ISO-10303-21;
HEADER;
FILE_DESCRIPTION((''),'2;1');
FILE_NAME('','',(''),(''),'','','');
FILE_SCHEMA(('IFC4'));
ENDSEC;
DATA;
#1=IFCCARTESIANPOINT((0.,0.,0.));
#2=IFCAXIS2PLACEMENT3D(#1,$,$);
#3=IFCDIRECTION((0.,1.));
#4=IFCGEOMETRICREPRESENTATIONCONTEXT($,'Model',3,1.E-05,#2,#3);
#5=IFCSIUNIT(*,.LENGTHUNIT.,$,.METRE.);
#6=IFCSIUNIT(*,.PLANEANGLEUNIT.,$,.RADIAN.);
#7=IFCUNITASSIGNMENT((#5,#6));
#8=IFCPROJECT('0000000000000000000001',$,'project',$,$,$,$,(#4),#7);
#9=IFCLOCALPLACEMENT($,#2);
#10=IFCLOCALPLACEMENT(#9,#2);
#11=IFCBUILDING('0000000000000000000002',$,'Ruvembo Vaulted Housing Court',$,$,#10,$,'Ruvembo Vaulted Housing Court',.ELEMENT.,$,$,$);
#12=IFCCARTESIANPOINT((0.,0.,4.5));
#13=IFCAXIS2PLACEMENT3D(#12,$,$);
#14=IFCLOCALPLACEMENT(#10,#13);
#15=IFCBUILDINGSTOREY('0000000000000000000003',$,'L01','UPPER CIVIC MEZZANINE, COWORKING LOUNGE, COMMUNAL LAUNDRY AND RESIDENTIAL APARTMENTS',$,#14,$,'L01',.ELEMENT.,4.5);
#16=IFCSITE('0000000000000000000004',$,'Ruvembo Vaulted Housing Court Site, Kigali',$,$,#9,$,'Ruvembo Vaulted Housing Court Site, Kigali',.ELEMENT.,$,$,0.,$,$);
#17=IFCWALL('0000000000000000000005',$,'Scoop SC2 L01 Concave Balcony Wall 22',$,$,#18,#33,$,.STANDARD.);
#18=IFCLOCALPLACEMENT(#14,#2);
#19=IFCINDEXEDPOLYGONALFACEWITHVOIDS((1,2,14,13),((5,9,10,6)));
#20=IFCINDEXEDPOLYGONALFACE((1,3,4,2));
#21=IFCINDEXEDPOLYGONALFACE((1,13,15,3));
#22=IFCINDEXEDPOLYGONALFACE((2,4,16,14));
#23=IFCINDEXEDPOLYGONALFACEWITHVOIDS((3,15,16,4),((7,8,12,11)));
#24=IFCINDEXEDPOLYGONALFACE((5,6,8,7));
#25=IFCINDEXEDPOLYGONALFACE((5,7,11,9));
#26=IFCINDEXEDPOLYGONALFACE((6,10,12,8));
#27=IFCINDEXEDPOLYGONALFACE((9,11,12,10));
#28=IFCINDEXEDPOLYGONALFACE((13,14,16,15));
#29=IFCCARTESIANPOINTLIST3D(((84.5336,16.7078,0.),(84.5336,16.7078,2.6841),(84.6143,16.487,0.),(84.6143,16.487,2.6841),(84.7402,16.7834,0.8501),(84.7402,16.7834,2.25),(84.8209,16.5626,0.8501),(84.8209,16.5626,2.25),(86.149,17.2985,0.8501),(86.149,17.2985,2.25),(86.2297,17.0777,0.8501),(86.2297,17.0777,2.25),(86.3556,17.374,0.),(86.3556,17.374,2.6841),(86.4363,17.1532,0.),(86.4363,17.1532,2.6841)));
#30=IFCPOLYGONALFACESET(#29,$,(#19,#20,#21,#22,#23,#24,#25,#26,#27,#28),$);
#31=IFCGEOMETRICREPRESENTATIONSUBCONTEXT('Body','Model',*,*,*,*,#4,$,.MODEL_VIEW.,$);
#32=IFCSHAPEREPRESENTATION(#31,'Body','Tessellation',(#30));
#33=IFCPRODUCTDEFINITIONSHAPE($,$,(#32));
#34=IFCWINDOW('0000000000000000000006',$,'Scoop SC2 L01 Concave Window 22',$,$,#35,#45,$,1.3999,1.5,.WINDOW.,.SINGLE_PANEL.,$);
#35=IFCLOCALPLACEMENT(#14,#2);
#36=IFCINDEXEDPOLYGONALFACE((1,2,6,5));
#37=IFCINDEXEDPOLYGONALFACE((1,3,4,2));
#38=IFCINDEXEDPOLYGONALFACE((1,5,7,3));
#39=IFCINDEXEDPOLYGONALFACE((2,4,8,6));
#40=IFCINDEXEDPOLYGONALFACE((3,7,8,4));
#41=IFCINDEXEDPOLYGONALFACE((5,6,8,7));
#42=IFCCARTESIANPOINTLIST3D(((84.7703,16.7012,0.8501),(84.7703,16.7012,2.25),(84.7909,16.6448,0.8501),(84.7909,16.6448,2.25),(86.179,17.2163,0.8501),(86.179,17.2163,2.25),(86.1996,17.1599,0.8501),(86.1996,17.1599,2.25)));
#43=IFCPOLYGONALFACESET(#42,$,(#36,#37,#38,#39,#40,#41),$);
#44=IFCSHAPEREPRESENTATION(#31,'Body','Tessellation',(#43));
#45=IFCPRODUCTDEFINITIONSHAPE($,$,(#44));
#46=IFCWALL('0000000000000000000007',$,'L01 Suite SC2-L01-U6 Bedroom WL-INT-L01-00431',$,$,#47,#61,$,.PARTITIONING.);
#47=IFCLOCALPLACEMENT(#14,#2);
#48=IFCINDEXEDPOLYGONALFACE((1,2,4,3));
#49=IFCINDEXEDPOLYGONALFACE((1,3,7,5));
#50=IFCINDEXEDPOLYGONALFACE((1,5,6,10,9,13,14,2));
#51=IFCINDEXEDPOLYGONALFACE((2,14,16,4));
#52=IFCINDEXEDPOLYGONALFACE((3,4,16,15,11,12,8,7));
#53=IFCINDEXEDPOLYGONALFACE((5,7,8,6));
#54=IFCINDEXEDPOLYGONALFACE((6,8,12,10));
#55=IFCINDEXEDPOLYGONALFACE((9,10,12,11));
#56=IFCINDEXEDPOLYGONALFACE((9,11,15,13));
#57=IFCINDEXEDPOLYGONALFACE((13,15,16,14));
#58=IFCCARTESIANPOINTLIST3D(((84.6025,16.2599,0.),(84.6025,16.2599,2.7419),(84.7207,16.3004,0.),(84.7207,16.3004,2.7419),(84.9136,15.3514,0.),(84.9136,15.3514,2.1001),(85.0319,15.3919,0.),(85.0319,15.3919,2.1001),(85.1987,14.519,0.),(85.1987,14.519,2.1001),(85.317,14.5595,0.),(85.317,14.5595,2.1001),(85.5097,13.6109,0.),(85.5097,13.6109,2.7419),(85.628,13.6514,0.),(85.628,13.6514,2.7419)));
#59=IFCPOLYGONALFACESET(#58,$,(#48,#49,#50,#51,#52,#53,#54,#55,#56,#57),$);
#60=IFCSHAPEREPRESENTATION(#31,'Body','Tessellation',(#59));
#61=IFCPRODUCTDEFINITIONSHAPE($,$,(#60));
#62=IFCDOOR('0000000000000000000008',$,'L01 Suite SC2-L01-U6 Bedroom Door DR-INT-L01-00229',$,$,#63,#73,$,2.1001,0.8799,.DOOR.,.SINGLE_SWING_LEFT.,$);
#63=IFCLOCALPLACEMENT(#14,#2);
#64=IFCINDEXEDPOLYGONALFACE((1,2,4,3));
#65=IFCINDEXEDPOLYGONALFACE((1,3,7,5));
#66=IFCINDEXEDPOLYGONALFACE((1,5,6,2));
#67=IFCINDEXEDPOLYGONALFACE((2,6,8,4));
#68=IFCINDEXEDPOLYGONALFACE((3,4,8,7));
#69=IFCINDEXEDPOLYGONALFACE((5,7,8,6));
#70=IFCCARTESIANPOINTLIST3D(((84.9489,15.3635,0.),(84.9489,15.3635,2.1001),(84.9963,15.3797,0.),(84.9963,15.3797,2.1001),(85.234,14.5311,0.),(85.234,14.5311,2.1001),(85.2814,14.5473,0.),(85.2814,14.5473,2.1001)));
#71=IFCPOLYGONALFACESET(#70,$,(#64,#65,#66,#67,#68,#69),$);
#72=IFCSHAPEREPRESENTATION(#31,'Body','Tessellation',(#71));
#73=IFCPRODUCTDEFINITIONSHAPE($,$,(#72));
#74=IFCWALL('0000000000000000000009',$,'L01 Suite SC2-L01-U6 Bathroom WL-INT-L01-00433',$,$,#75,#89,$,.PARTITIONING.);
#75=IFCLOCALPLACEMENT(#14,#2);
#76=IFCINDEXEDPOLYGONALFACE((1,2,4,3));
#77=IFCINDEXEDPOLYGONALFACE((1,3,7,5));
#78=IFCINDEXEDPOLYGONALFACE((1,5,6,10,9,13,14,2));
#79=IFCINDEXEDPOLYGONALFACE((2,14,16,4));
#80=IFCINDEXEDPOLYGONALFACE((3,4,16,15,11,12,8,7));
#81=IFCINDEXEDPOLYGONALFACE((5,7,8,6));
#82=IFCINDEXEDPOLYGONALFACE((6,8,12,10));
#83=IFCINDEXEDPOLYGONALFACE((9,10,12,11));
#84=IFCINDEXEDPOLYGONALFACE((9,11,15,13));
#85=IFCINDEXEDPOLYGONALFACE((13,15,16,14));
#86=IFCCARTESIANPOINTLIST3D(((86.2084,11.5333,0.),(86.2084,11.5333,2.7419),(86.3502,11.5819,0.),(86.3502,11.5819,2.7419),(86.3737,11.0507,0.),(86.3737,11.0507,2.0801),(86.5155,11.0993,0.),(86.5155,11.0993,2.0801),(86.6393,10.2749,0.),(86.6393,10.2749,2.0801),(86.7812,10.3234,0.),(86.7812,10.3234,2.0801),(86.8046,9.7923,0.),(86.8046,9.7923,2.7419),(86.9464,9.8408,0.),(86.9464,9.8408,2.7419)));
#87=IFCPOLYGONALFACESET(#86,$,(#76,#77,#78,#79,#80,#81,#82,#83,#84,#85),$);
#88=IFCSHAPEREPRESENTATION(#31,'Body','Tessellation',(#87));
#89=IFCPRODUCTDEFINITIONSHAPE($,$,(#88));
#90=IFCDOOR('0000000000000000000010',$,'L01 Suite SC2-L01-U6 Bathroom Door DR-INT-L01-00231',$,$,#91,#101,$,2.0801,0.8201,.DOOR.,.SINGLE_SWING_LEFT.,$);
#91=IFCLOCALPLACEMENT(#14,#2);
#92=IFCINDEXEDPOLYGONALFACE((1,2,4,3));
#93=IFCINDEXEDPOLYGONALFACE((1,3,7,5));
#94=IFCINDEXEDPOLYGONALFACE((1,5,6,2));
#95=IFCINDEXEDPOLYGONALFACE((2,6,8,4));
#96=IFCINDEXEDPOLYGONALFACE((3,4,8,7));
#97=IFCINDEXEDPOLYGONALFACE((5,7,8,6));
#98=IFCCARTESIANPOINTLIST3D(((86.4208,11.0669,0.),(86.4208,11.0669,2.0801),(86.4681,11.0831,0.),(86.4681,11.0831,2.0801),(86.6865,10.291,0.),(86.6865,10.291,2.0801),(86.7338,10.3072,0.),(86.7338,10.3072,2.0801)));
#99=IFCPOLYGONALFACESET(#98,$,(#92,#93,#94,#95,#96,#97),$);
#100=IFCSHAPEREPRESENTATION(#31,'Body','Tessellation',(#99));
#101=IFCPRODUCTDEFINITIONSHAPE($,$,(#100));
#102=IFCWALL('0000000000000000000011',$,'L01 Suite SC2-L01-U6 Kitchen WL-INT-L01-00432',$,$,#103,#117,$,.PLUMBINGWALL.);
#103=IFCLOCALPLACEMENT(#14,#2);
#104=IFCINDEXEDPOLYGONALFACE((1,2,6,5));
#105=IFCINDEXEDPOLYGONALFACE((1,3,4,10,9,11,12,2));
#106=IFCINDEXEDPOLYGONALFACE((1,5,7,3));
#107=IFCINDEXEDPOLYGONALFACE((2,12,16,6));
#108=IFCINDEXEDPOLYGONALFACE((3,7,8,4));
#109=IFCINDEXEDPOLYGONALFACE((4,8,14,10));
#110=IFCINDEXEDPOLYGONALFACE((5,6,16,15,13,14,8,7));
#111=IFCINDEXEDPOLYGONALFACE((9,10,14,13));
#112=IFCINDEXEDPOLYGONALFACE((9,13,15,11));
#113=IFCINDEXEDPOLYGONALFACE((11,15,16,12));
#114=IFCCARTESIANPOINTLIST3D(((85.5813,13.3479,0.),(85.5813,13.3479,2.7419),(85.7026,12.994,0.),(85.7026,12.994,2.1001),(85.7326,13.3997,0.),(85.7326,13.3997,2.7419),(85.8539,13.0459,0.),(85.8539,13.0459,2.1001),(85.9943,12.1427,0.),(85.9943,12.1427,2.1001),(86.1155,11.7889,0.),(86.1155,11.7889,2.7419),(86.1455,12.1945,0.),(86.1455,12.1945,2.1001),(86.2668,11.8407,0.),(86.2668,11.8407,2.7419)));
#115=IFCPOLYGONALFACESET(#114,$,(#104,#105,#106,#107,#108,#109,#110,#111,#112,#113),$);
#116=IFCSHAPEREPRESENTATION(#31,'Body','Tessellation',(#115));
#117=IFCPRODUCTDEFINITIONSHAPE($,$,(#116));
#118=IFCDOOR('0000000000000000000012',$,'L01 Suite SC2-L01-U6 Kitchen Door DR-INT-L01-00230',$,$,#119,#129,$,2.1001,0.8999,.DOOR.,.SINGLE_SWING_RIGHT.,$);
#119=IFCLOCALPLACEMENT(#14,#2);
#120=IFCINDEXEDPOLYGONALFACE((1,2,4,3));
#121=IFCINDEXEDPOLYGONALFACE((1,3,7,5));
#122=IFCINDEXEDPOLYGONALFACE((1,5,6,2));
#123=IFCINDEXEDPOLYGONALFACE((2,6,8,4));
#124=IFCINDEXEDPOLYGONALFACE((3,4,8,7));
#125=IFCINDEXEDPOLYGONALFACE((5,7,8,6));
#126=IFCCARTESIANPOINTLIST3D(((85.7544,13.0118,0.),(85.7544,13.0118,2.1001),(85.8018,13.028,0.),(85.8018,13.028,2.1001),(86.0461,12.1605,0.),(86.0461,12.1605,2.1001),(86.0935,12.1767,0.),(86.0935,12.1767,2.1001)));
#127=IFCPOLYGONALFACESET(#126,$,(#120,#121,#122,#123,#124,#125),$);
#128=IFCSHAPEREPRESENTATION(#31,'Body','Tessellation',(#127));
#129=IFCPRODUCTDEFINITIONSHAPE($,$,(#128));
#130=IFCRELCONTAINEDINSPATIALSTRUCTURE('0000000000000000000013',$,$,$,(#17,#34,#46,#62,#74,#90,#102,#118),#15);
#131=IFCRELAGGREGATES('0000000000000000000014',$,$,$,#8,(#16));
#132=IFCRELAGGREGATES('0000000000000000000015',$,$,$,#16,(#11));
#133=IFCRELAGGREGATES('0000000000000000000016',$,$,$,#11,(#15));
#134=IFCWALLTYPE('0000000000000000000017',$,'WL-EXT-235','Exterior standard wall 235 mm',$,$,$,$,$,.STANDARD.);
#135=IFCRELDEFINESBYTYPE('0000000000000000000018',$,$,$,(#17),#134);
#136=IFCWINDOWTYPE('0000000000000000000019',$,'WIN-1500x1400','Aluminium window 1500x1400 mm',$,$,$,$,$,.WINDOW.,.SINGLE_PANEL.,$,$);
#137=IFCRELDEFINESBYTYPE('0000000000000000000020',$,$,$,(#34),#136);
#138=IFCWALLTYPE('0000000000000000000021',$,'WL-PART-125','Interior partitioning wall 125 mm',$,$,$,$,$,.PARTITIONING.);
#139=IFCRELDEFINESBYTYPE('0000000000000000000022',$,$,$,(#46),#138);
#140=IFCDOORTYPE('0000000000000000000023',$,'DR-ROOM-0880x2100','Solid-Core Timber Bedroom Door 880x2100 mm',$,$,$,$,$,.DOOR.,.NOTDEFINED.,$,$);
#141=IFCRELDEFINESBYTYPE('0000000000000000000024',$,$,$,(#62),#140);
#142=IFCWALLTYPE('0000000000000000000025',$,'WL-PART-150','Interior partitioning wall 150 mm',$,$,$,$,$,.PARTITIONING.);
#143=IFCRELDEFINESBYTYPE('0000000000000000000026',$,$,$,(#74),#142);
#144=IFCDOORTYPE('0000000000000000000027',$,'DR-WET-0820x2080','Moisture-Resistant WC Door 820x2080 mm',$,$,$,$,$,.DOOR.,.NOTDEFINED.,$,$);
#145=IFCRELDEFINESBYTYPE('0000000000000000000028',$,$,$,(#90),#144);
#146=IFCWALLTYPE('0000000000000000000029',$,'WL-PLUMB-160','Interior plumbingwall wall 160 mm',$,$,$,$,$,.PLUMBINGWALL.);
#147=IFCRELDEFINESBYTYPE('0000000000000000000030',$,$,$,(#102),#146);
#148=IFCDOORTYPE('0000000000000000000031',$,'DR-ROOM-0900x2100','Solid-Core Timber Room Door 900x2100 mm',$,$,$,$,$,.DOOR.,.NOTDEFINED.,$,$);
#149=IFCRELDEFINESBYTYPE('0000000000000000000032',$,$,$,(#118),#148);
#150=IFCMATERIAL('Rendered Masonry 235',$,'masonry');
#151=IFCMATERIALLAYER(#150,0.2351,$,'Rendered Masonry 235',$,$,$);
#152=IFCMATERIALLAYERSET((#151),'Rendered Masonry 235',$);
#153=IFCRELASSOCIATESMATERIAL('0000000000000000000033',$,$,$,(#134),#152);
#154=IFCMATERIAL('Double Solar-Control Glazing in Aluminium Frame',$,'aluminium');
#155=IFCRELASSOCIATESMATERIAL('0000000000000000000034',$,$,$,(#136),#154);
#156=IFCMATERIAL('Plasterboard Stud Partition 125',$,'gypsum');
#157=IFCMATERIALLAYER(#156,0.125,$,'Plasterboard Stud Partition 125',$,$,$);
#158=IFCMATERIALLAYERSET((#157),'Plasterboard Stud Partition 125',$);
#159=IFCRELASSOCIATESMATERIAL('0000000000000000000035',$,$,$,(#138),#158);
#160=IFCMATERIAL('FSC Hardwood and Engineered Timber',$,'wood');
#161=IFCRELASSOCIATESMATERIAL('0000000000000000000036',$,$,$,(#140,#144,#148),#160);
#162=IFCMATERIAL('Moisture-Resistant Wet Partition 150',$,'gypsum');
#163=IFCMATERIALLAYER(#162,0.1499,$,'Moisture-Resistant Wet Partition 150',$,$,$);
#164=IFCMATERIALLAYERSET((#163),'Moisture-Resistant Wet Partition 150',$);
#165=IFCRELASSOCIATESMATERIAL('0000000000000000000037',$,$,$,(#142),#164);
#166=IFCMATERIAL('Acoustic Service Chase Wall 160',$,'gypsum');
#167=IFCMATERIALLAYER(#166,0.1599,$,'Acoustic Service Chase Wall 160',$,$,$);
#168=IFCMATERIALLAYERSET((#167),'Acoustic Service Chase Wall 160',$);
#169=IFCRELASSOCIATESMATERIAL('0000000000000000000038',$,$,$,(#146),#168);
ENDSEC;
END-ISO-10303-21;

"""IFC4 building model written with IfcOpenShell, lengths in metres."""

from ifc_helpers import new_model, si_unit, direction, frame, frame_2d, origin, place, context, subcontext, project, spatial, rectangle, extrude, material, layer, layer_set, type_object, element, fill, save


model = new_model("IFC4")

# Units and contexts
model_context = context("Model", 3, precision=1e-05, world=origin(), true_north=direction((0.0, 1.0)))
body_context = subcontext(model_context, "Body", "Model", "MODEL_VIEW")
ifc_project = project(units=[si_unit("LENGTHUNIT", "METRE"), si_unit("PLANEANGLEUNIT", "RADIAN")], contexts=[model_context])

# Site, building, storey
site_placement = place(None, origin())
site = spatial("IfcSite", under=ifc_project, at=site_placement, Name="Ruvembo Vaulted Housing Court Site, Kigali", LongName="Ruvembo Vaulted Housing Court Site, Kigali", CompositionType="ELEMENT", RefElevation=0.0)
building_placement = place(site_placement, origin())
building = spatial("IfcBuilding", under=site, at=building_placement, Name="Ruvembo Vaulted Housing Court", LongName="Ruvembo Vaulted Housing Court", CompositionType="ELEMENT")
storey_placement = place(building_placement, frame((0.0, 0.0, 4.5)))
storey = spatial("IfcBuildingStorey", under=building, at=storey_placement, Name="L01", Description="UPPER CIVIC MEZZANINE, COWORKING LOUNGE, COMMUNAL LAUNDRY AND RESIDENTIAL APARTMENTS", LongName="L01", CompositionType="ELEMENT", Elevation=4.5)

# Shared definitions
ifc_material_1 = material(Name="FSC Hardwood and Engineered Timber", Category="wood")

# Wall, opening, window
ifc_material_2 = material(Name="Rendered Masonry 235", Category="masonry")
ifc_layer_1 = layer(ifc_material_2, 0.2351, Name="Rendered Masonry 235")
ifc_layer_set_1 = layer_set([ifc_layer_1], Name="Rendered Masonry 235")
wall_type_1 = type_object("IfcWallType", Name="WL-EXT-235", Description="Exterior standard wall 235 mm", PredefinedType="STANDARD", material=ifc_layer_set_1)
ifc_material_3 = material(Name="Double Solar-Control Glazing in Aluminium Frame", Category="aluminium")
wall_1_placement = place(storey_placement, frame((84.574, 16.5974, 0.0), z_axis=(0.0, 0.0, 1.0), x_axis=(0.939178, 0.34343, 0.0)))
wall_1 = element("IfcWall", 1, at=wall_1_placement, inside=storey, type_object=wall_type_1, Name="Scoop SC2 L01 Concave Balcony Wall 22", PredefinedType="STANDARD", context=body_context, shape_type="SweptSolid", body=[
    extrude(rectangle(XDim=1.9399, YDim=0.2351, at=frame_2d((0.97, 0.0))), origin(), (0.0, 0.0, 1.0), 2.6841),
])
opening_1_placement = place(wall_1_placement, frame((0.22, 0.0, 0.8501)))
opening_1 = element("IfcOpeningElement", 2, at=opening_1_placement, cuts=wall_1, PredefinedType="OPENING", context=body_context, shape_type="SweptSolid", body=[
    extrude(rectangle(XDim=1.5, YDim=1.3999, at=frame_2d((0.75, 0.7))), frame((0.0, 0.1274, 0.0), z_axis=(0.0, -1.0, 0.0), x_axis=(1.0, 0.0, 0.0)), (0.0, 0.0, 1.0), 0.2551),
])
window_type_1 = type_object("IfcWindowType", Name="WIN-1500x1400", Description="Aluminium window 1500x1400 mm", PartitioningType="SINGLE_PANEL", PredefinedType="WINDOW", material=ifc_material_3)
window_1_placement = place(opening_1_placement, origin())
window_1 = element("IfcWindow", 3, at=window_1_placement, inside=storey, type_object=window_type_1, Name="Scoop SC2 L01 Concave Window 22", OverallHeight=1.3999, OverallWidth=1.5, PartitioningType="SINGLE_PANEL", PredefinedType="WINDOW", context=body_context, shape_type="SweptSolid", body=[
    extrude(rectangle(XDim=1.5, YDim=1.3999, at=frame_2d((0.75, 0.7))), frame((0.0, 0.03, 0.0), z_axis=(0.0, -1.0, 0.0), x_axis=(1.0, 0.0, 0.0)), (0.0, 0.0, 1.0), 0.0601),
])
fill(opening_1, window_1)

# Walls, openings, doors
ifc_material_4 = material(Name="Plasterboard Stud Partition 125", Category="gypsum")
ifc_layer_2 = layer(ifc_material_4, 0.125, Name="Plasterboard Stud Partition 125")
ifc_layer_set_2 = layer_set([ifc_layer_2], Name="Plasterboard Stud Partition 125")
wall_type_2 = type_object("IfcWallType", Name="WL-PART-125", Description="Interior partitioning wall 125 mm", PredefinedType="PARTITIONING", material=ifc_layer_set_2)
wall_2_placement = place(storey_placement, frame((84.6616, 16.28, 0.0), z_axis=(0.0, 0.0, 1.0), x_axis=(0.324012, -0.946053, 0.0)))
wall_2 = element("IfcWall", 4, at=wall_2_placement, inside=storey, type_object=wall_type_2, Name="L01 Suite SC2-L01-U6 Bedroom WL-INT-L01-00431", PredefinedType="PARTITIONING", context=body_context, shape_type="SweptSolid", body=[
    extrude(rectangle(XDim=2.8, YDim=0.125, at=frame_2d((1.3999, 0.0))), origin(), (0.0, 0.0, 1.0), 2.7419),
])
opening_2_placement = place(wall_2_placement, frame((0.9602, 0.0, 0.0)))
opening_2 = element("IfcOpeningElement", 5, at=opening_2_placement, cuts=wall_2, PredefinedType="OPENING", context=body_context, shape_type="SweptSolid", body=[
    extrude(rectangle(XDim=0.8799, YDim=2.1001, at=frame_2d((0.4399, 1.05))), frame((0.0, 0.0725, 0.0), z_axis=(0.0, -1.0, 0.0), x_axis=(1.0, 0.0, 0.0)), (0.0, 0.0, 1.0), 0.145),
])
door_type_1 = type_object("IfcDoorType", Name="DR-ROOM-0880x2100", Description="Solid-Core Timber Bedroom Door 880x2100 mm", OperationType="NOTDEFINED", PredefinedType="DOOR", material=ifc_material_1)
door_1_placement = place(opening_2_placement, origin())
door_1 = element("IfcDoor", 6, at=door_1_placement, inside=storey, type_object=door_type_1, Name="L01 Suite SC2-L01-U6 Bedroom Door DR-INT-L01-00229", OperationType="SINGLE_SWING_LEFT", OverallHeight=2.1001, OverallWidth=0.8799, PredefinedType="DOOR", context=body_context, shape_type="SweptSolid", body=[
    extrude(rectangle(XDim=0.8799, YDim=2.1001, at=frame_2d((0.4399, 1.05))), frame((0.0, 0.0249, 0.0), z_axis=(0.0, -1.0, 0.0), x_axis=(1.0, 0.0, 0.0)), (0.0, 0.0, 1.0), 0.05),
])
fill(opening_2, door_1)
ifc_material_5 = material(Name="Moisture-Resistant Wet Partition 150", Category="gypsum")
ifc_layer_3 = layer(ifc_material_5, 0.1499, Name="Moisture-Resistant Wet Partition 150")
ifc_layer_set_3 = layer_set([ifc_layer_3], Name="Moisture-Resistant Wet Partition 150")
wall_type_3 = type_object("IfcWallType", Name="WL-PART-150", Description="Interior partitioning wall 150 mm", PredefinedType="PARTITIONING", material=ifc_layer_set_3)
wall_3_placement = place(storey_placement, frame((86.2793, 11.5576, 0.0), z_axis=(0.0, 0.0, 1.0), x_axis=(0.323978, -0.946065, 0.0)))
wall_3 = element("IfcWall", 7, at=wall_3_placement, inside=storey, type_object=wall_type_3, Name="L01 Suite SC2-L01-U6 Bathroom WL-INT-L01-00433", PredefinedType="PARTITIONING", context=body_context, shape_type="SweptSolid", body=[
    extrude(rectangle(XDim=1.8403, YDim=0.1499, at=frame_2d((0.9202, 0.0))), origin(), (0.0, 0.0, 1.0), 2.7419),
])
opening_3_placement = place(wall_3_placement, frame((0.51, 0.0, 0.0)))
opening_3 = element("IfcOpeningElement", 8, at=opening_3_placement, cuts=wall_3, PredefinedType="OPENING", context=body_context, shape_type="SweptSolid", body=[
    extrude(rectangle(XDim=0.8201, YDim=2.0801, at=frame_2d((0.4102, 1.04))), frame((0.0, 0.085, 0.0), z_axis=(0.0, -1.0, 0.0), x_axis=(1.0, 0.0, 0.0)), (0.0, 0.0, 1.0), 0.1699),
])
door_type_2 = type_object("IfcDoorType", Name="DR-WET-0820x2080", Description="Moisture-Resistant WC Door 820x2080 mm", OperationType="NOTDEFINED", PredefinedType="DOOR", material=ifc_material_1)
door_2_placement = place(opening_3_placement, origin())
door_2 = element("IfcDoor", 9, at=door_2_placement, inside=storey, type_object=door_type_2, Name="L01 Suite SC2-L01-U6 Bathroom Door DR-INT-L01-00231", OperationType="SINGLE_SWING_LEFT", OverallHeight=2.0801, OverallWidth=0.8201, PredefinedType="DOOR", context=body_context, shape_type="SweptSolid", body=[
    extrude(rectangle(XDim=0.8201, YDim=2.0801, at=frame_2d((0.4102, 1.04))), frame((0.0, 0.0249, 0.0), z_axis=(0.0, -1.0, 0.0), x_axis=(1.0, 0.0, 0.0)), (0.0, 0.0, 1.0), 0.05),
])
fill(opening_3, door_2)
ifc_material_6 = material(Name="Acoustic Service Chase Wall 160", Category="gypsum")
ifc_layer_4 = layer(ifc_material_6, 0.1599, Name="Acoustic Service Chase Wall 160")
ifc_layer_set_4 = layer_set([ifc_layer_4], Name="Acoustic Service Chase Wall 160")
wall_type_4 = type_object("IfcWallType", Name="WL-PLUMB-160", Description="Interior plumbingwall wall 160 mm", PredefinedType="PLUMBINGWALL", material=ifc_layer_set_4)
wall_4_placement = place(storey_placement, frame((85.657, 13.3738, 0.0), z_axis=(0.0, 0.0, 1.0), x_axis=(0.324127, -0.946013, 0.0)))
wall_4 = element("IfcWall", 10, at=wall_4_placement, inside=storey, type_object=wall_type_4, Name="L01 Suite SC2-L01-U6 Kitchen WL-INT-L01-00432", PredefinedType="PLUMBINGWALL", context=body_context, shape_type="SweptSolid", body=[
    extrude(rectangle(XDim=1.6479, YDim=0.1599, at=frame_2d((0.824, 0.0))), origin(), (0.0, 0.0, 1.0), 2.7419),
])
opening_4_placement = place(wall_4_placement, frame((0.374, 0.0, 0.0)))
opening_4 = element("IfcOpeningElement", 11, at=opening_4_placement, cuts=wall_4, PredefinedType="OPENING", context=body_context, shape_type="SweptSolid", body=[
    extrude(rectangle(XDim=0.8999, YDim=2.1001, at=frame_2d((0.45, 1.05))), frame((0.0, 0.0898, 0.0), z_axis=(0.0, -1.0, 0.0), x_axis=(1.0, 0.0, 0.0)), (0.0, 0.0, 1.0), 0.1799),
])
door_type_3 = type_object("IfcDoorType", Name="DR-ROOM-0900x2100", Description="Solid-Core Timber Room Door 900x2100 mm", OperationType="NOTDEFINED", PredefinedType="DOOR", material=ifc_material_1)
door_3_placement = place(opening_4_placement, origin())
door_3 = element("IfcDoor", 12, at=door_3_placement, inside=storey, type_object=door_type_3, Name="L01 Suite SC2-L01-U6 Kitchen Door DR-INT-L01-00230", OperationType="SINGLE_SWING_RIGHT", OverallHeight=2.1001, OverallWidth=0.8999, PredefinedType="DOOR", context=body_context, shape_type="SweptSolid", body=[
    extrude(rectangle(XDim=0.8999, YDim=2.1001, at=frame_2d((0.45, 1.05))), frame((0.0, 0.0249, 0.0), z_axis=(0.0, -1.0, 0.0), x_axis=(1.0, 0.0, 0.0)), (0.0, 0.0, 1.0), 0.05),
])
fill(opening_4, door_3)

save(model, "model.ifc")
